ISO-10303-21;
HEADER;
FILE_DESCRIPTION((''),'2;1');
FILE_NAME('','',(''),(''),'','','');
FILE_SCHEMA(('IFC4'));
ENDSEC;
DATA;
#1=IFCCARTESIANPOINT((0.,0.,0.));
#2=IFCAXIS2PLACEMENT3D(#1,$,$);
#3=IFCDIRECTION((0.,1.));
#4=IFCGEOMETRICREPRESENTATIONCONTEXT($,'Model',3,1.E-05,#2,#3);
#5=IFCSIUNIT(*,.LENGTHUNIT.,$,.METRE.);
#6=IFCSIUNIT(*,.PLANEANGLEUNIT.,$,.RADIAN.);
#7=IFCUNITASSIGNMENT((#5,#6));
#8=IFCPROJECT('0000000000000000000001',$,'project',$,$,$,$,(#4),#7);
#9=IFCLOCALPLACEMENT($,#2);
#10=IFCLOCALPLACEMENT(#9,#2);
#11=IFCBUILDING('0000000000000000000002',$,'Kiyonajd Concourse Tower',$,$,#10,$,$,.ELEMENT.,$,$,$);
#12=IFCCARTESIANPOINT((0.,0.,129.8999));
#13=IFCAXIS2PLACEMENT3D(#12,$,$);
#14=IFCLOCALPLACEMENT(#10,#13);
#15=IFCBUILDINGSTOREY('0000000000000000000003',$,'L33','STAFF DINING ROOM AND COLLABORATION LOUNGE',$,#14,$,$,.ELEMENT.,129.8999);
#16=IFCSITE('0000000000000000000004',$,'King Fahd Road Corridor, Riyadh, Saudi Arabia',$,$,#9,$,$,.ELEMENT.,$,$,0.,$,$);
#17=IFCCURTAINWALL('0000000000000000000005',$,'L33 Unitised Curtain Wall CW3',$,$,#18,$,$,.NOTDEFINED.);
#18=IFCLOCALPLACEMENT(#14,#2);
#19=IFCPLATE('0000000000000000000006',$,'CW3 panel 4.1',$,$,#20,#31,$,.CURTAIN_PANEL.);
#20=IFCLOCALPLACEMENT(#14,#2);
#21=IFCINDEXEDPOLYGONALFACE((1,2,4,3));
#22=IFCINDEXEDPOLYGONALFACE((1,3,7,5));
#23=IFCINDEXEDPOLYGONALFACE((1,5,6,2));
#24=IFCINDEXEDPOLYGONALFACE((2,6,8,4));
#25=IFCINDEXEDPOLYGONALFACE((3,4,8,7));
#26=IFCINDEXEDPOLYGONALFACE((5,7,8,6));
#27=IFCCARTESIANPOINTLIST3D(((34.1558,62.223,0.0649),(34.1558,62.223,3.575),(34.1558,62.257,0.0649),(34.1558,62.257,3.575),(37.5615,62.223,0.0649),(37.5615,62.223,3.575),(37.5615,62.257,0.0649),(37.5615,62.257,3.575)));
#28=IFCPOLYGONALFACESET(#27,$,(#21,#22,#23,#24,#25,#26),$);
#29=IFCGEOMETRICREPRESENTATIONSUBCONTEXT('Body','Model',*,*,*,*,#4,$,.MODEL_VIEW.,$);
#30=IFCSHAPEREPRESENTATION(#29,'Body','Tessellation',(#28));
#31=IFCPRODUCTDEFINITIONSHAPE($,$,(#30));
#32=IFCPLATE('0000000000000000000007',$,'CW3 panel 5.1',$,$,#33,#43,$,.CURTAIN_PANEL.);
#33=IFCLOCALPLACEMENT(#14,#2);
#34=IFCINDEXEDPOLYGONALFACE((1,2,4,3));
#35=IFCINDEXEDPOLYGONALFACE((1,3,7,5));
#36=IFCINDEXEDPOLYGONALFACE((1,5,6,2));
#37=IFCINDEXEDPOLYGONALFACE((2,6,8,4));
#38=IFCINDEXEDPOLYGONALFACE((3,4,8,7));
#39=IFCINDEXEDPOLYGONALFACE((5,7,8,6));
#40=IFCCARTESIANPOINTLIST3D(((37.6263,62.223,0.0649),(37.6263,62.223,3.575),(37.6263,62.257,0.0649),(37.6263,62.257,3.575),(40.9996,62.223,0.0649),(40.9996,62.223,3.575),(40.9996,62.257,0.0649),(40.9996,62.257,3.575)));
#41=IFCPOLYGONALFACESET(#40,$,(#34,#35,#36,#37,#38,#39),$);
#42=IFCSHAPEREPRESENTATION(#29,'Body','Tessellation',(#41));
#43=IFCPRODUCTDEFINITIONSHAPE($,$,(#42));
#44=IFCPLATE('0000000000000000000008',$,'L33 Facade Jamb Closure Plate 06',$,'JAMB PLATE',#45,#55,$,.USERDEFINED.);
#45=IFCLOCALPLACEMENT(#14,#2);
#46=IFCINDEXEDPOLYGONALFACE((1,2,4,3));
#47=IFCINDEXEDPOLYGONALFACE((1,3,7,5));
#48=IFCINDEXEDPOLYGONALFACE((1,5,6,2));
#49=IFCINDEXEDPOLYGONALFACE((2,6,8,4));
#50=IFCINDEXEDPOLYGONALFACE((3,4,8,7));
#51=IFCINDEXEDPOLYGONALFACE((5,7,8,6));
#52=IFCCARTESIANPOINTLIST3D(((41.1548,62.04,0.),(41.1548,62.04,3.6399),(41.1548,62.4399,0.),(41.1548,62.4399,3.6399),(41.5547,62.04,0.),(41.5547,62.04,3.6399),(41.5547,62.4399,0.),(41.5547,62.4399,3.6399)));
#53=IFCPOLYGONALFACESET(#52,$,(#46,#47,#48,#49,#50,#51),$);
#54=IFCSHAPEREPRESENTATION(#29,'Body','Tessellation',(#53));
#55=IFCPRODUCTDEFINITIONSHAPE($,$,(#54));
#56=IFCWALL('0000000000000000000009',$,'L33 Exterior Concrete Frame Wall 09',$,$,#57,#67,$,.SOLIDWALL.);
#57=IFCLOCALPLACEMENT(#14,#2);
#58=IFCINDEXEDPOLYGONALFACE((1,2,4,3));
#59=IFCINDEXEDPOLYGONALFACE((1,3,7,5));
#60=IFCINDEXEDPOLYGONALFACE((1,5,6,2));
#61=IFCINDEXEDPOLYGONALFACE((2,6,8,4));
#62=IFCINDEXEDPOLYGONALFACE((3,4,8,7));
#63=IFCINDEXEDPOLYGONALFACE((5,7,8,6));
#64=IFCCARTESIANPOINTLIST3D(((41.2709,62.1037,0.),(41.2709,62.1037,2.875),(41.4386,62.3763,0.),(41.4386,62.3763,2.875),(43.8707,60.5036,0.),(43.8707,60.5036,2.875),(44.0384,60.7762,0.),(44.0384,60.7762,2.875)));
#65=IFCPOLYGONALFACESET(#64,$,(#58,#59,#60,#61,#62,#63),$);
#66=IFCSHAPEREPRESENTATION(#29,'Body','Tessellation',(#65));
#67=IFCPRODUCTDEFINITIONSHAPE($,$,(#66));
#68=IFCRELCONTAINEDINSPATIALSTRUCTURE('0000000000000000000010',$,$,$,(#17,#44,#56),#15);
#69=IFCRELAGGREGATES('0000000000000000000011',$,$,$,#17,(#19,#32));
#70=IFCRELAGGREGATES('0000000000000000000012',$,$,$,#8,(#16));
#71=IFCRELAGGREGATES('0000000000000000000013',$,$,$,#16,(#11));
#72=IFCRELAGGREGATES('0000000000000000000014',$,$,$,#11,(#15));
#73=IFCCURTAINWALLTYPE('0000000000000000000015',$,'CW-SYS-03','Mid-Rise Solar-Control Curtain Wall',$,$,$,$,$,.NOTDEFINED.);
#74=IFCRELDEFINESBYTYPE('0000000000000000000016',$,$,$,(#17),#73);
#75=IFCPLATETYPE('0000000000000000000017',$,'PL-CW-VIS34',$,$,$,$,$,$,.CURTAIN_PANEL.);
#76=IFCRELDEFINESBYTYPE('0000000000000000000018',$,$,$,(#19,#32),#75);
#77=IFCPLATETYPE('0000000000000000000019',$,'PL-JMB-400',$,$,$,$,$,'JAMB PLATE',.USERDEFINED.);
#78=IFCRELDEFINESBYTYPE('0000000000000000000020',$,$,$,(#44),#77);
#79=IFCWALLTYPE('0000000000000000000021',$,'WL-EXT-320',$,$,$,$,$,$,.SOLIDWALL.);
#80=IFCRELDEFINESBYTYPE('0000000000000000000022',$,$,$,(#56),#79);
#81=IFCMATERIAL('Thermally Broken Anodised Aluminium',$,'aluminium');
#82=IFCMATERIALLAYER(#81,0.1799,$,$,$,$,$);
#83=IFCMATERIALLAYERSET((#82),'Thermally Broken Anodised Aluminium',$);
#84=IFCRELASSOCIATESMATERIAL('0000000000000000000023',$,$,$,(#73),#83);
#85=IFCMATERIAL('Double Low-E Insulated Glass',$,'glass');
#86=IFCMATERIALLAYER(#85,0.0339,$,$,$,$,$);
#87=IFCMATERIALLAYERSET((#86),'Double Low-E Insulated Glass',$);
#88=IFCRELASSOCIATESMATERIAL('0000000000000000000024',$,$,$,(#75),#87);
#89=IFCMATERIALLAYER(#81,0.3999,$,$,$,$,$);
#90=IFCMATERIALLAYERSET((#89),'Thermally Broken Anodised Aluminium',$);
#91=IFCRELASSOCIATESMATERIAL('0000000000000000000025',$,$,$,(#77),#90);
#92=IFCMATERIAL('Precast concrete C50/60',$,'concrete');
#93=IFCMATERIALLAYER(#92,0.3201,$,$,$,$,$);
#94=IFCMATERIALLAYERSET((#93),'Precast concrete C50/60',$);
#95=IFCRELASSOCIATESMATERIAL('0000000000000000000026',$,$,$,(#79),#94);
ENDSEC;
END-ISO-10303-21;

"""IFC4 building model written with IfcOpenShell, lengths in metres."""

from ifc_helpers import new_model, si_unit, direction, frame, frame_2d, origin, origin_2d, place, context, subcontext, project, spatial, rectangle, extrude, material, layer, layer_set, type_object, element, aggregate, save


model = new_model("IFC4")

# Units and contexts
model_context = context("Model", 3, precision=1e-05, world=origin(), true_north=direction((0.0, 1.0)))
body_context = subcontext(model_context, "Body", "Model", "MODEL_VIEW")
ifc_project = project(units=[si_unit("LENGTHUNIT", "METRE"), si_unit("PLANEANGLEUNIT", "RADIAN")], contexts=[model_context])

# Site, building, storey
site_placement = place(None, origin())
site = spatial("IfcSite", under=ifc_project, at=site_placement, Name="King Fahd Road Corridor, Riyadh, Saudi Arabia", CompositionType="ELEMENT", RefElevation=0.0)
building_placement = place(site_placement, origin())
building = spatial("IfcBuilding", under=site, at=building_placement, Name="Kiyonajd Concourse Tower", CompositionType="ELEMENT")
storey_placement = place(building_placement, frame((0.0, 0.0, 129.8999)))
storey = spatial("IfcBuildingStorey", under=building, at=storey_placement, Name="L33", Description="STAFF DINING ROOM AND COLLABORATION LOUNGE", CompositionType="ELEMENT", Elevation=129.8999)

# Shared definitions
ifc_material_1 = material(Name="Precast concrete C50/60", Category="concrete")

# Curtain wall, plates
ifc_material_2 = material(Name="Thermally Broken Anodised Aluminium", Category="aluminium")
ifc_layer_1 = layer(ifc_material_2, 0.1799)
ifc_layer_set_1 = layer_set([ifc_layer_1], Name="Thermally Broken Anodised Aluminium")
curtain_wall_type = type_object("IfcCurtainWallType", Name="CW-SYS-03", Description="Mid-Rise Solar-Control Curtain Wall", PredefinedType="NOTDEFINED", material=ifc_layer_set_1)
curtain_wall_placement = place(storey_placement, origin())
curtain_wall = element("IfcCurtainWall", 1, at=curtain_wall_placement, inside=storey, type_object=curtain_wall_type, Name="L33 Unitised Curtain Wall CW3", PredefinedType="NOTDEFINED")
ifc_material_3 = material(Name="Double Low-E Insulated Glass", Category="glass")
ifc_layer_2 = layer(ifc_material_3, 0.0339)
ifc_layer_set_2 = layer_set([ifc_layer_2], Name="Double Low-E Insulated Glass")
plate_type_1 = type_object("IfcPlateType", Name="PL-CW-VIS34", PredefinedType="CURTAIN_PANEL", material=ifc_layer_set_2)
plate_1_placement = place(storey_placement, frame((35.8586, 62.24, 0.0649), z_axis=(0.0, 0.0, 1.0), x_axis=(1.0, 0.0, 0.0)))
plate_1 = element("IfcPlate", 2, at=plate_1_placement, type_object=plate_type_1, Name="CW3 panel 4.1", PredefinedType="CURTAIN_PANEL", context=body_context, shape_type="SweptSolid", body=[
    extrude(rectangle(XDim=3.4058, YDim=0.0339, at=origin_2d()), origin(), (0.0, 0.0, 1.0), 3.51),
])
plate_2_placement = place(storey_placement, frame((39.313, 62.24, 0.0649), z_axis=(0.0, 0.0, 1.0), x_axis=(1.0, 0.0, 0.0)))
plate_2 = element("IfcPlate", 3, at=plate_2_placement, type_object=plate_type_1, Name="CW3 panel 5.1", PredefinedType="CURTAIN_PANEL", context=body_context, shape_type="SweptSolid", body=[
    extrude(rectangle(XDim=3.3733, YDim=0.0339, at=origin_2d()), origin(), (0.0, 0.0, 1.0), 3.51),
])
aggregate(curtain_wall, [plate_1, plate_2])

# Plate
ifc_layer_3 = layer(ifc_material_2, 0.3999)
ifc_layer_set_3 = layer_set([ifc_layer_3], Name="Thermally Broken Anodised Aluminium")
plate_type_2 = type_object("IfcPlateType", Name="PL-JMB-400", ElementType="JAMB PLATE", PredefinedType="USERDEFINED", material=ifc_layer_set_3)
plate_3_placement = place(storey_placement, frame((41.3547, 62.24, 0.0), z_axis=(0.0, 0.0, 1.0), x_axis=(1.0, 0.0, 0.0)))
element("IfcPlate", 4, at=plate_3_placement, inside=storey, type_object=plate_type_2, Name="L33 Facade Jamb Closure Plate 06", ObjectType="JAMB PLATE", PredefinedType="USERDEFINED", context=body_context, shape_type="SweptSolid", body=[
    extrude(rectangle(XDim=0.3999, YDim=0.3999, at=origin_2d()), origin(), (0.0, 0.0, 1.0), 3.6399),
])

# Wall
ifc_layer_4 = layer(ifc_material_1, 0.3201)
ifc_layer_set_4 = layer_set([ifc_layer_4], Name="Precast concrete C50/60")
wall_type = type_object("IfcWallType", Name="WL-EXT-320", PredefinedType="SOLIDWALL", material=ifc_layer_set_4)
wall_placement = place(storey_placement, frame((41.3547, 62.24, 0.0), z_axis=(0.0, 0.0, 1.0), x_axis=(0.851631, -0.524142, 0.0)))
element("IfcWall", 5, at=wall_placement, inside=storey, type_object=wall_type, Name="L33 Exterior Concrete Frame Wall 09", PredefinedType="SOLIDWALL", context=body_context, shape_type="SweptSolid", body=[
    extrude(rectangle(XDim=3.0527, YDim=0.3201, at=frame_2d((1.5264, 0.0))), origin(), (0.0, 0.0, 1.0), 2.875),
])

save(model, "model.ifc")
